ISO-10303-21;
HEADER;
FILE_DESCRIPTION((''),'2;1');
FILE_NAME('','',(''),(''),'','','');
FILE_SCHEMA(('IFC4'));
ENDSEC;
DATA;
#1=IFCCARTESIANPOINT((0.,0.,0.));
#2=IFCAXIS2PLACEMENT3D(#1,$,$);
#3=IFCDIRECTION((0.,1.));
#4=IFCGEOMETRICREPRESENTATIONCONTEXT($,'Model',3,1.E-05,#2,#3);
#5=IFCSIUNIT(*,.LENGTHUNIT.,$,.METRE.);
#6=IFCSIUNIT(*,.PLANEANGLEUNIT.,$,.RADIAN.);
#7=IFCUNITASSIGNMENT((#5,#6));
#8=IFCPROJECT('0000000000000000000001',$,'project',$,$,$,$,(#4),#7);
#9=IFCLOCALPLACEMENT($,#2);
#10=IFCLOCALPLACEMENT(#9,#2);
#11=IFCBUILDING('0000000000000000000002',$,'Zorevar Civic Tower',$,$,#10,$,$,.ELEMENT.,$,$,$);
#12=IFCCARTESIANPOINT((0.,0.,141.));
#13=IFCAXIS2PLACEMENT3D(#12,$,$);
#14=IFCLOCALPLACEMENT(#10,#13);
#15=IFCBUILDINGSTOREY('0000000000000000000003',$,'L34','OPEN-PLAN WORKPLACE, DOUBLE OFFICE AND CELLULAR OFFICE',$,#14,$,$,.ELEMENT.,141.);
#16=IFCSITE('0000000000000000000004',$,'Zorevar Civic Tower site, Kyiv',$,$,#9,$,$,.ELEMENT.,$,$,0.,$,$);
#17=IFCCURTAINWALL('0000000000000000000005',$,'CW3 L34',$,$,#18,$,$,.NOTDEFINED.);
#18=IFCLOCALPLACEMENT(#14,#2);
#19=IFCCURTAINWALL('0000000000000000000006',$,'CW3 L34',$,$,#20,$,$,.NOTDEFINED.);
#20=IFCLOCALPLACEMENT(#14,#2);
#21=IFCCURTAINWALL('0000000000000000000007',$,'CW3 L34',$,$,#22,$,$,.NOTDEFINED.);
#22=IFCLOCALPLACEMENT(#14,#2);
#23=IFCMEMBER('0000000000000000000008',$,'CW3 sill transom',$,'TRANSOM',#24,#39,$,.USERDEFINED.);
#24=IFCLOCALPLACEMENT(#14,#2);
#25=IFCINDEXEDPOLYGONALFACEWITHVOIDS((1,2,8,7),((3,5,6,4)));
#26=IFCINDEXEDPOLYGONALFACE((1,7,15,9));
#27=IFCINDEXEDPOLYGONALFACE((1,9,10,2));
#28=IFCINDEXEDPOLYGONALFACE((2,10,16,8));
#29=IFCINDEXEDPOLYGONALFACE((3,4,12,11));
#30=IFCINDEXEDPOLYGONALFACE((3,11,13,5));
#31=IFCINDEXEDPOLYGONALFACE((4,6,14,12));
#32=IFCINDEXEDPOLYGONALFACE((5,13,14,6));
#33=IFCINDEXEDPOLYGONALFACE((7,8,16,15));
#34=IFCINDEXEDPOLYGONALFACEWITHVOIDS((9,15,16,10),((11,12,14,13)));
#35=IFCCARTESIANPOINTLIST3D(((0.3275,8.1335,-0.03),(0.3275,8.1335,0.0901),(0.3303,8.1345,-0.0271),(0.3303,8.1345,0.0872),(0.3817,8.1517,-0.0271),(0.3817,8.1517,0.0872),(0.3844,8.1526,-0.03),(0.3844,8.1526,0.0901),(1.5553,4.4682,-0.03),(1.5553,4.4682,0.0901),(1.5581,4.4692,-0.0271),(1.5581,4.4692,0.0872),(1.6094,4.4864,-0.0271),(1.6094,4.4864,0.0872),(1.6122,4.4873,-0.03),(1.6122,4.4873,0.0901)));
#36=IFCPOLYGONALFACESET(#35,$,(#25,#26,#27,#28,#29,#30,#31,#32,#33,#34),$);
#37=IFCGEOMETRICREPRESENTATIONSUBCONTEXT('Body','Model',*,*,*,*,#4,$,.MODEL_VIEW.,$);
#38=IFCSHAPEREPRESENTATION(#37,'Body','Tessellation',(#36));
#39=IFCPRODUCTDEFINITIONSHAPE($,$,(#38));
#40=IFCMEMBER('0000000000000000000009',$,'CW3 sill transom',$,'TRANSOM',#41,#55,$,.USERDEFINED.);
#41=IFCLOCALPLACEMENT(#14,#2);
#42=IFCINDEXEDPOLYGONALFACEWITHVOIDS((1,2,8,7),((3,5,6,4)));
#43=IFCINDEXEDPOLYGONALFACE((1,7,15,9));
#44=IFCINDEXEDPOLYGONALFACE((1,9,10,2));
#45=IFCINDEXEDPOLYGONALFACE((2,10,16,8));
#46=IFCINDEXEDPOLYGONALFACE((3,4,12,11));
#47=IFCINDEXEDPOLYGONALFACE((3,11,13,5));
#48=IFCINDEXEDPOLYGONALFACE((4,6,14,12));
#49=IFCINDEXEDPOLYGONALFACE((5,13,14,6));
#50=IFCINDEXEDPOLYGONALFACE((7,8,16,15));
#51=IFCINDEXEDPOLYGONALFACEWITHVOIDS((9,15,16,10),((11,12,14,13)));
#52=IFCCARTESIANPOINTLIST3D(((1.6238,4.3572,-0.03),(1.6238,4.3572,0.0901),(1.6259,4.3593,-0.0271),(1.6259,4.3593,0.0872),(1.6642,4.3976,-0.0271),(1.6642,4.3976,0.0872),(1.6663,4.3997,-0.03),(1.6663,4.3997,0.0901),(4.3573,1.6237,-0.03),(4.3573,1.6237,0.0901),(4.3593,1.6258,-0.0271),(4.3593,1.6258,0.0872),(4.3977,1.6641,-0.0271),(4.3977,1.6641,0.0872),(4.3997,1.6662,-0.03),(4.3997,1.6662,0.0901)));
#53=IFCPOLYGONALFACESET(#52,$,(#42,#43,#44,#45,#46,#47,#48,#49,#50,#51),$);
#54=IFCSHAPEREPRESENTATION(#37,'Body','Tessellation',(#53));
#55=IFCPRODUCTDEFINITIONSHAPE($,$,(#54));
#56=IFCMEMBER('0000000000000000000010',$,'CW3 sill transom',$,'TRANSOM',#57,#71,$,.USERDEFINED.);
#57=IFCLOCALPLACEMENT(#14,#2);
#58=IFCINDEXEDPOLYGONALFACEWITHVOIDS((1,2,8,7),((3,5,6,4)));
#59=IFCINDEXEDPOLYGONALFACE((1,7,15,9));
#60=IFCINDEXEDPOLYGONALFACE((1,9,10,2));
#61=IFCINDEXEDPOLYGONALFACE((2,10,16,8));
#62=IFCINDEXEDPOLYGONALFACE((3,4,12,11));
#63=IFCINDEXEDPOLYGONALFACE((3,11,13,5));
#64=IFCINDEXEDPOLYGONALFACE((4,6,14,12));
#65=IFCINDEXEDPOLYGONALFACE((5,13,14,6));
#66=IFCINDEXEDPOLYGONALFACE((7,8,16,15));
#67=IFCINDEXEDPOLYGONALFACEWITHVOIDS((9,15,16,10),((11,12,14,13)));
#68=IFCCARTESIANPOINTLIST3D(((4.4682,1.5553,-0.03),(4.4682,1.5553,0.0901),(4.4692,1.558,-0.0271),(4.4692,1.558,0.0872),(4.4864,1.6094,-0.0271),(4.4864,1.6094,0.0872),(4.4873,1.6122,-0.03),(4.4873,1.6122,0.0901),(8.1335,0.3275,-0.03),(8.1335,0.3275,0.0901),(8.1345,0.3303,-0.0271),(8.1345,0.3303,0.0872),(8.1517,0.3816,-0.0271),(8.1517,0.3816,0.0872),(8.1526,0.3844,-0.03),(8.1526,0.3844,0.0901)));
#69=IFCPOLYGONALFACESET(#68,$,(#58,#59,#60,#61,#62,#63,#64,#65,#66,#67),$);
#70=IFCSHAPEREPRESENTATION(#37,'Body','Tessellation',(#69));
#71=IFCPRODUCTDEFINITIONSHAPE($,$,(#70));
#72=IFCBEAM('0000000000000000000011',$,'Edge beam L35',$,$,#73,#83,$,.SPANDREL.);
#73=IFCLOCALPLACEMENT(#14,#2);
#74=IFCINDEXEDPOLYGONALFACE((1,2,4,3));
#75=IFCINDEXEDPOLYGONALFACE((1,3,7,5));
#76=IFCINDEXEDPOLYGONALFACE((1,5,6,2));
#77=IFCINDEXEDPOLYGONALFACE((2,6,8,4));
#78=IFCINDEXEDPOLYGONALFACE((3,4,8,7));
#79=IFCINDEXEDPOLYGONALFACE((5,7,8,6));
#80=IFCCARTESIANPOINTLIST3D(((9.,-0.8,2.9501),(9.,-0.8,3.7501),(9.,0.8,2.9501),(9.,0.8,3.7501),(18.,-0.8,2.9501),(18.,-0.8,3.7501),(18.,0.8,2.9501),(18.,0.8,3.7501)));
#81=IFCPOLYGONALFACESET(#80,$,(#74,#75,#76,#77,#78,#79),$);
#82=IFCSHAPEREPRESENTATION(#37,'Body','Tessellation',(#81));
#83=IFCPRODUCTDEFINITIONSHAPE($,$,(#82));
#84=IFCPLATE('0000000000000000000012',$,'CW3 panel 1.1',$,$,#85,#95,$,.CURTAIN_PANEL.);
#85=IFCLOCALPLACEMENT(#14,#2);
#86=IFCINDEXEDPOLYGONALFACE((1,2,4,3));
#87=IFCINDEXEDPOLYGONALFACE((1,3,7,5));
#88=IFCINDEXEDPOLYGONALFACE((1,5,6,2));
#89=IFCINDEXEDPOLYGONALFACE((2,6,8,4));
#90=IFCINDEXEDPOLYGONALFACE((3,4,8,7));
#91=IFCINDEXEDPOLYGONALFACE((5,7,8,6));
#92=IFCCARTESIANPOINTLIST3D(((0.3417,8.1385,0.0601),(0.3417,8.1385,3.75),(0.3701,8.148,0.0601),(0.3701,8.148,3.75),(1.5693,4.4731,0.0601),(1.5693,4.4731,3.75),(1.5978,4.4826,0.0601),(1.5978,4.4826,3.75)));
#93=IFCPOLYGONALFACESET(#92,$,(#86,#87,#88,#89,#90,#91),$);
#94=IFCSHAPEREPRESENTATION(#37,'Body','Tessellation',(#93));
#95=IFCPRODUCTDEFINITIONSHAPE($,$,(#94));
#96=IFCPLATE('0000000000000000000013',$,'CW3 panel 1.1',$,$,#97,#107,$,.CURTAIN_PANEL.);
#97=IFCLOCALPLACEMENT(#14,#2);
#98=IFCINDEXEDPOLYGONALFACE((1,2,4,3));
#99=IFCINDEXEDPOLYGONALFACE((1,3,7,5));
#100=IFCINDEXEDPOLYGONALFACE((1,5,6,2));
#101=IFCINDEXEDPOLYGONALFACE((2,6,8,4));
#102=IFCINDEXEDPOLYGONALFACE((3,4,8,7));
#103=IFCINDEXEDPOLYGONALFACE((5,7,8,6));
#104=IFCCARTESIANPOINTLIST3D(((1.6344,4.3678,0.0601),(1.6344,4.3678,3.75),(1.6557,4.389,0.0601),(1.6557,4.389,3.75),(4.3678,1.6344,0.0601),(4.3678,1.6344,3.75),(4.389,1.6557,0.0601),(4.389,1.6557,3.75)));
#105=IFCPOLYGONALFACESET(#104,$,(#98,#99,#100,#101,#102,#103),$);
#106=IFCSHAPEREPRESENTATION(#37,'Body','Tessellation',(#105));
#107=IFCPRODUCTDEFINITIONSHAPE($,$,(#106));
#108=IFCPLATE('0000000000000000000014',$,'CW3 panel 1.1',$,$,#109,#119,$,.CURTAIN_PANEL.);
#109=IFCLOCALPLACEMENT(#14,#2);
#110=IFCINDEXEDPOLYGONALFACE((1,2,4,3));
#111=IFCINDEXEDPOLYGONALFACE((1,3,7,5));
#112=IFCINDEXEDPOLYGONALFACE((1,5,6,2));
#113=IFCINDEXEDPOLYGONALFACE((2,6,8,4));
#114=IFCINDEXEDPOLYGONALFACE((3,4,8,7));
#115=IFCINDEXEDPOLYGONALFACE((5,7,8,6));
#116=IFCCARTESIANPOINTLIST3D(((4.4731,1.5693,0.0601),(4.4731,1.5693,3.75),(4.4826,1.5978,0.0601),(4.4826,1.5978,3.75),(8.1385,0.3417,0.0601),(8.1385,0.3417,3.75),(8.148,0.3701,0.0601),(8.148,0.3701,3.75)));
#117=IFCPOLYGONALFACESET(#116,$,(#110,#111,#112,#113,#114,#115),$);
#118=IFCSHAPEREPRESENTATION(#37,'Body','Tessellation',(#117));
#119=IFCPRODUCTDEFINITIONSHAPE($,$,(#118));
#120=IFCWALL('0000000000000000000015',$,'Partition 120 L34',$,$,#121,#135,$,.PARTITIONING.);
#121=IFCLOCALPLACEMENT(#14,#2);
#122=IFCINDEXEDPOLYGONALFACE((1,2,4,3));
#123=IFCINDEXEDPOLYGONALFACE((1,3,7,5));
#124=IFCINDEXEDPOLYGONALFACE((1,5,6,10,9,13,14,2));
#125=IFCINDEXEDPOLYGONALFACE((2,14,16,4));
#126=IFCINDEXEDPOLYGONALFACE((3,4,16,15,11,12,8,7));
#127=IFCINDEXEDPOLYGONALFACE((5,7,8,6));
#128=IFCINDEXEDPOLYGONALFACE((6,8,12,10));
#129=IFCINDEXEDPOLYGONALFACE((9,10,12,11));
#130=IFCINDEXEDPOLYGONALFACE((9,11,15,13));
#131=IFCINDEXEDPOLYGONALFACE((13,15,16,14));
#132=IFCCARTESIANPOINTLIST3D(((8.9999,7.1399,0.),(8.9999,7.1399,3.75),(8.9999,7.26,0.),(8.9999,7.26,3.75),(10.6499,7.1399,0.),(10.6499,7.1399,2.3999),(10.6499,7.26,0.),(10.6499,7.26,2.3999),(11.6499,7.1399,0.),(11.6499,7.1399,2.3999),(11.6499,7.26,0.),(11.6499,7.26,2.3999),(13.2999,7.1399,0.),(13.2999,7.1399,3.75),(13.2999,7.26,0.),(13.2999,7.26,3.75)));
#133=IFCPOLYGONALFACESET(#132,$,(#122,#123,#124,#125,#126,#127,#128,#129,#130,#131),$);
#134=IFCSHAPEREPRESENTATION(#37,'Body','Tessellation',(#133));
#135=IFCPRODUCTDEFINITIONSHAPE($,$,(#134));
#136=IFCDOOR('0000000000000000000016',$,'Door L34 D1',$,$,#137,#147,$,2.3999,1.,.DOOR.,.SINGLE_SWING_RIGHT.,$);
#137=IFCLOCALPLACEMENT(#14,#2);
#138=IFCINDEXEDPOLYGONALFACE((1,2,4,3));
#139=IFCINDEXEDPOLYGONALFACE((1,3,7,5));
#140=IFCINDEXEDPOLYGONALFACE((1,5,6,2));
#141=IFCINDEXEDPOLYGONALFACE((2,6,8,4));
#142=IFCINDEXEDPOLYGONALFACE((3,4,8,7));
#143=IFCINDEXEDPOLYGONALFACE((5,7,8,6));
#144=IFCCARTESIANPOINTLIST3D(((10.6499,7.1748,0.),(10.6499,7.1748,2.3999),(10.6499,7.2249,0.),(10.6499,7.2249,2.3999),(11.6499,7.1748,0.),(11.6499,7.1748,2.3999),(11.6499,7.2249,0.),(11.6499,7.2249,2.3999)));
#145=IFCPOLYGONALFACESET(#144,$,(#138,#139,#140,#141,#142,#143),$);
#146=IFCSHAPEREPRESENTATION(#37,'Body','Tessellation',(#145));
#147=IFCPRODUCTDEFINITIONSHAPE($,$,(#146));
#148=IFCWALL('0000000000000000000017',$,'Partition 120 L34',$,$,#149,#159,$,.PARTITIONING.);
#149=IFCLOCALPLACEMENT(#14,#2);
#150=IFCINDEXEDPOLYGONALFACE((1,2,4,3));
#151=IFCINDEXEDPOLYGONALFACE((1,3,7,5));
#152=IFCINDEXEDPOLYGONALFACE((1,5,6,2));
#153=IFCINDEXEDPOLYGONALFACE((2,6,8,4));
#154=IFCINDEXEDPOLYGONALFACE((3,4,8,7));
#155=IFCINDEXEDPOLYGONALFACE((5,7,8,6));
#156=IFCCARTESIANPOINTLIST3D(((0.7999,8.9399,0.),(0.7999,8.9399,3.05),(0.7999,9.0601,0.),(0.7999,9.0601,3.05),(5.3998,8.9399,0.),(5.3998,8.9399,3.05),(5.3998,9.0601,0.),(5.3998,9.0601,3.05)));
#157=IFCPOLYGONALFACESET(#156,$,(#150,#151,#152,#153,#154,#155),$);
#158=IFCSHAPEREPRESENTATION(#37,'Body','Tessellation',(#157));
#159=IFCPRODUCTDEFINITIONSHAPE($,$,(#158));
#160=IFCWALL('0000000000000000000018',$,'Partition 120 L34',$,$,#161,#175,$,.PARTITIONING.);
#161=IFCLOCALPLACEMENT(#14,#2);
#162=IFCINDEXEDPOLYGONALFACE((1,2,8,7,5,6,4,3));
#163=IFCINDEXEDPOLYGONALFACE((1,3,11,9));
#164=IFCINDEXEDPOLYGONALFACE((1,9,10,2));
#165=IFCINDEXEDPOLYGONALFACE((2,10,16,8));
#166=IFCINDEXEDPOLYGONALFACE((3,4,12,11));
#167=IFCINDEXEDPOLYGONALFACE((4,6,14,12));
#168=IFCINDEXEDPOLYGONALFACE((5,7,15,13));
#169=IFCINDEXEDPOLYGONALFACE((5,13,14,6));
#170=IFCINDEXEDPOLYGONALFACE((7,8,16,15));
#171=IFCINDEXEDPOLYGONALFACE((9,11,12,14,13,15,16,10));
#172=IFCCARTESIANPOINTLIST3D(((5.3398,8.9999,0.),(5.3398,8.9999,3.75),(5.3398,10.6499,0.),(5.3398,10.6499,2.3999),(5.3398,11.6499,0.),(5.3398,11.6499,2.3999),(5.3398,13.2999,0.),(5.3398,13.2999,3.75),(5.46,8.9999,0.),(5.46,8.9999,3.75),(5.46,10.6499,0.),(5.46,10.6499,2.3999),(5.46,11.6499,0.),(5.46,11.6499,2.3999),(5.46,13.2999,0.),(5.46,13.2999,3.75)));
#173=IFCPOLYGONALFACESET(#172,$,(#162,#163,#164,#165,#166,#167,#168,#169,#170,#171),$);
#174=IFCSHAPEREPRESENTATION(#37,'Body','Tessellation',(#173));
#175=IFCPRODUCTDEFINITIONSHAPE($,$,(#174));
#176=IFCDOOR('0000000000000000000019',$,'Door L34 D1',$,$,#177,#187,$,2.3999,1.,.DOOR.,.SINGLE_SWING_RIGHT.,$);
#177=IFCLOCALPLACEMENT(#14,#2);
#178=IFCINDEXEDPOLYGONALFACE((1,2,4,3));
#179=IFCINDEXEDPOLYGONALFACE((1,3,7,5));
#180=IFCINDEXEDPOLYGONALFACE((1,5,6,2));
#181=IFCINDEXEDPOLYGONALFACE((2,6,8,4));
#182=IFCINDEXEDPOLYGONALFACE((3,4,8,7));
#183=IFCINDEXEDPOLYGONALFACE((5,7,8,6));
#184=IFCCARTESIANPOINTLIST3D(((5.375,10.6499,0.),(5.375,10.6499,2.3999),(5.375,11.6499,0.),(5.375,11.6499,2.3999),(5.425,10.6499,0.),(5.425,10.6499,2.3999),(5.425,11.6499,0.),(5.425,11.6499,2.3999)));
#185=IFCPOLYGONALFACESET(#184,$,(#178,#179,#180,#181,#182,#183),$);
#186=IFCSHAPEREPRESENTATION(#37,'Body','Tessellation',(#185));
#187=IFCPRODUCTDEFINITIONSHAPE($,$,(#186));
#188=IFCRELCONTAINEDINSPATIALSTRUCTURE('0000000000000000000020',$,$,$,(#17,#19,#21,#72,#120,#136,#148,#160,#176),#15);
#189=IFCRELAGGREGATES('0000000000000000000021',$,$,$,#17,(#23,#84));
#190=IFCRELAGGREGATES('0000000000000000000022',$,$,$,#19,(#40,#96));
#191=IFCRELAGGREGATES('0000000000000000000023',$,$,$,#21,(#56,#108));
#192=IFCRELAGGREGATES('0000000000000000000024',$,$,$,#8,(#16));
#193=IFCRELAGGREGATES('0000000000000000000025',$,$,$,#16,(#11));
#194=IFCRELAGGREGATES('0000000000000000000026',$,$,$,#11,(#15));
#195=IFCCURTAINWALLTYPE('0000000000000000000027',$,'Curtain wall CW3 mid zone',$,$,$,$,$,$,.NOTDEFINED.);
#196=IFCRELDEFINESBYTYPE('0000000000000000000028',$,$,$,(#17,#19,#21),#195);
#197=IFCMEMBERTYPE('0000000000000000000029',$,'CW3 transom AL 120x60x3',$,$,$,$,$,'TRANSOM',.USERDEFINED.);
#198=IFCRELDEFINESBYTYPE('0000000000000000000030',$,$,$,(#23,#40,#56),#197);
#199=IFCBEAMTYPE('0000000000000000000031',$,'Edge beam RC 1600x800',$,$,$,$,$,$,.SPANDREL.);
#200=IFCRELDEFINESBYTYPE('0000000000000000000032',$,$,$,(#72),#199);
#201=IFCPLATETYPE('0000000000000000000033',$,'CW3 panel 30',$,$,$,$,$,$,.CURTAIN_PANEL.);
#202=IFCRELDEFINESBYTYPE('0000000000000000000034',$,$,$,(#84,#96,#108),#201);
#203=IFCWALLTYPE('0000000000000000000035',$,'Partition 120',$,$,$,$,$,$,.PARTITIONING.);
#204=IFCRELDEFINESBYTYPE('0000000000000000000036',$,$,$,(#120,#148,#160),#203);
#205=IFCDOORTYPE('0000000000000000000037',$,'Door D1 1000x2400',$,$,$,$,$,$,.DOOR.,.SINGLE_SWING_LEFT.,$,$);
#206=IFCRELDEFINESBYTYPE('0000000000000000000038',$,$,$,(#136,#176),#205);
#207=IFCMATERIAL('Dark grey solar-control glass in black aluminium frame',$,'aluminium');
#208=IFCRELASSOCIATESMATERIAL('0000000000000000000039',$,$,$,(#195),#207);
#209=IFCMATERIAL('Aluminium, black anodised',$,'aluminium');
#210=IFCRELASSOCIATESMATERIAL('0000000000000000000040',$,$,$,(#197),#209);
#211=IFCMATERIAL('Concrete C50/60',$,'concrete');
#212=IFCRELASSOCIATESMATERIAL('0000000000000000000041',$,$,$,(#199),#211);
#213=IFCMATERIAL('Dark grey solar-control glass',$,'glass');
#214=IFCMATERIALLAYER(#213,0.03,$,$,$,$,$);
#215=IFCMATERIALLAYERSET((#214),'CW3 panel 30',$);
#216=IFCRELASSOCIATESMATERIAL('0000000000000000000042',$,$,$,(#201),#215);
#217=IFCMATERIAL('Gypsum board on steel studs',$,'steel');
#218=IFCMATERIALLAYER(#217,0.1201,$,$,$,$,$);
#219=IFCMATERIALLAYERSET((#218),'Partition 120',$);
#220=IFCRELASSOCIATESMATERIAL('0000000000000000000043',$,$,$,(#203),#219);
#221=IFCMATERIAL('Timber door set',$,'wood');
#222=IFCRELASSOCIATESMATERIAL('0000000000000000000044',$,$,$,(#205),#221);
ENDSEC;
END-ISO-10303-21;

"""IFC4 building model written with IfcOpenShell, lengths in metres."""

from ifc_helpers import new_model, si_unit, direction, frame, frame_2d, origin, origin_2d, place, context, subcontext, project, spatial, rectangle, hollow_rectangle, extrude, material, layer, layer_set, material_profile, profile_set, type_object, element, fill, aggregate, save


model = new_model("IFC4")

# Units and contexts
model_context = context("Model", 3, precision=1e-05, world=origin(), true_north=direction((0.0, 1.0)))
body_context = subcontext(model_context, "Body", "Model", "MODEL_VIEW")
ifc_project = project(units=[si_unit("LENGTHUNIT", "METRE"), si_unit("PLANEANGLEUNIT", "RADIAN")], contexts=[model_context])

# Site, building, storey
site_placement = place(None, origin())
site = spatial("IfcSite", under=ifc_project, at=site_placement, Name="Zorevar Civic Tower site, Kyiv", CompositionType="ELEMENT", RefElevation=0.0)
building_placement = place(site_placement, origin())
building = spatial("IfcBuilding", under=site, at=building_placement, Name="Zorevar Civic Tower", CompositionType="ELEMENT")
storey_placement = place(building_placement, frame((0.0, 0.0, 141.0)))
storey = spatial("IfcBuildingStorey", under=building, at=storey_placement, Name="L34", Description="OPEN-PLAN WORKPLACE, DOUBLE OFFICE AND CELLULAR OFFICE", CompositionType="ELEMENT", Elevation=141.0)

# Curtain wall
ifc_material_1 = material(Name="Dark grey solar-control glass in black aluminium frame", Category="aluminium")
curtain_wall_type = type_object("IfcCurtainWallType", Name="Curtain wall CW3 mid zone", PredefinedType="NOTDEFINED", material=ifc_material_1)
curtain_wall_1_placement = place(storey_placement, origin())
curtain_wall_1 = element("IfcCurtainWall", 1, at=curtain_wall_1_placement, inside=storey, type_object=curtain_wall_type, Name="CW3 L34", PredefinedType="NOTDEFINED")

# Curtain walls
curtain_wall_2_placement = place(storey_placement, origin())
curtain_wall_2 = element("IfcCurtainWall", 2, at=curtain_wall_2_placement, inside=storey, type_object=curtain_wall_type, Name="CW3 L34", PredefinedType="NOTDEFINED")
curtain_wall_3_placement = place(storey_placement, origin())
curtain_wall_3 = element("IfcCurtainWall", 3, at=curtain_wall_3_placement, inside=storey, type_object=curtain_wall_type, Name="CW3 L34", PredefinedType="NOTDEFINED")

# Members
ifc_material_2 = material(Name="Aluminium, black anodised", Category="aluminium")
ifc_material_profile_1 = material_profile(ifc_material_2, hollow_rectangle(XDim=0.0601, YDim=0.1201, WallThickness=0.0029, at=origin_2d()), Name="AL 120x60x3")
ifc_profile_set_1 = profile_set([ifc_material_profile_1], Name="Aluminium, black anodised")
member_type_1 = type_object("IfcMemberType", Name="CW3 transom AL 120x60x3", ElementType="TRANSOM", PredefinedType="USERDEFINED", material=ifc_profile_set_1)
member_1_placement = place(storey_placement, frame((0.356, 8.1431, 0.03), z_axis=(0.31763, -0.948215, 0.0), x_axis=(0.948215, 0.31763, 0.0)))
member_1 = element("IfcMember", 4, at=member_1_placement, type_object=member_type_1, Name="CW3 sill transom", ObjectType="TRANSOM", PredefinedType="USERDEFINED", context=body_context, shape_type="SweptSolid", body=[
    extrude(hollow_rectangle(XDim=0.0601, YDim=0.1201, WallThickness=0.0029, at=origin_2d()), origin(), (0.0, 0.0, 1.0), 3.8655),
])
member_2_placement = place(storey_placement, frame((1.645, 4.3784, 0.03), z_axis=(0.707107, -0.707107, 0.0), x_axis=(0.707107, 0.707107, 0.0)))
member_2 = element("IfcMember", 5, at=member_2_placement, type_object=member_type_1, Name="CW3 sill transom", ObjectType="TRANSOM", PredefinedType="USERDEFINED", context=body_context, shape_type="SweptSolid", body=[
    extrude(hollow_rectangle(XDim=0.0601, YDim=0.1201, WallThickness=0.0029, at=origin_2d()), origin(), (0.0, 0.0, 1.0), 3.8657),
])
member_3_placement = place(storey_placement, frame((4.4778, 1.5837, 0.03), z_axis=(0.948215, -0.31763, 0.0), x_axis=(0.31763, 0.948215, 0.0)))
member_3 = element("IfcMember", 6, at=member_3_placement, type_object=member_type_1, Name="CW3 sill transom", ObjectType="TRANSOM", PredefinedType="USERDEFINED", context=body_context, shape_type="SweptSolid", body=[
    extrude(hollow_rectangle(XDim=0.0601, YDim=0.1201, WallThickness=0.0029, at=origin_2d()), origin(), (0.0, 0.0, 1.0), 3.8655),
])

# Beam
ifc_material_3 = material(Name="Concrete C50/60", Category="concrete")
ifc_material_profile_2 = material_profile(ifc_material_3, rectangle(XDim=1.6001, YDim=0.8, at=origin_2d()), Name="RC 1600x800")
ifc_profile_set_2 = profile_set([ifc_material_profile_2], Name="Concrete C50/60")
beam_type_1 = type_object("IfcBeamType", Name="Edge beam RC 1600x800", PredefinedType="SPANDREL", material=ifc_profile_set_2)
beam_1_placement = place(storey_placement, frame((9.0, 0.0, 3.3501), z_axis=(1.0, 0.0, 0.0), x_axis=(0.0, 1.0, 0.0)))
element("IfcBeam", 7, at=beam_1_placement, inside=storey, type_object=beam_type_1, Name="Edge beam L35", PredefinedType="SPANDREL", context=body_context, shape_type="SweptSolid", body=[
    extrude(rectangle(XDim=1.6001, YDim=0.8, at=origin_2d()), origin(), (0.0, 0.0, 1.0), 9.0),
])

# Plates
ifc_material_4 = material(Name="Dark grey solar-control glass", Category="glass")
ifc_layer_1 = layer(ifc_material_4, 0.03)
ifc_layer_set_1 = layer_set([ifc_layer_1], Name="CW3 panel 30")
plate_type = type_object("IfcPlateType", Name="CW3 panel 30", PredefinedType="CURTAIN_PANEL", material=ifc_layer_set_1)
plate_1_placement = place(storey_placement, frame((0.9697, 6.3105, 0.0601), z_axis=(0.0, 0.0, 1.0), x_axis=(0.317593, -0.948227, 0.0)))
plate_1 = element("IfcPlate", 8, at=plate_1_placement, type_object=plate_type, Name="CW3 panel 1.1", PredefinedType="CURTAIN_PANEL", context=body_context, shape_type="SweptSolid", body=[
    extrude(rectangle(XDim=3.8655, YDim=0.03, at=origin_2d()), origin(), (0.0, 0.0, 1.0), 3.6899),
])
aggregate(curtain_wall_1, [member_1, plate_1])
plate_2_placement = place(storey_placement, frame((3.0117, 3.0117, 0.0601), z_axis=(0.0, 0.0, 1.0), x_axis=(0.707107, -0.707107, 0.0)))
plate_2 = element("IfcPlate", 9, at=plate_2_placement, type_object=plate_type, Name="CW3 panel 1.1", PredefinedType="CURTAIN_PANEL", context=body_context, shape_type="SweptSolid", body=[
    extrude(rectangle(XDim=3.8655, YDim=0.03, at=origin_2d()), origin(), (0.0, 0.0, 1.0), 3.6899),
])
aggregate(curtain_wall_2, [member_2, plate_2])
plate_3_placement = place(storey_placement, frame((6.3105, 0.9697, 0.0601), z_axis=(0.0, 0.0, 1.0), x_axis=(0.948227, -0.317593, 0.0)))
plate_3 = element("IfcPlate", 10, at=plate_3_placement, type_object=plate_type, Name="CW3 panel 1.1", PredefinedType="CURTAIN_PANEL", context=body_context, shape_type="SweptSolid", body=[
    extrude(rectangle(XDim=3.8655, YDim=0.03, at=origin_2d()), origin(), (0.0, 0.0, 1.0), 3.6899),
])
aggregate(curtain_wall_3, [member_3, plate_3])

# Wall, opening, door
ifc_material_5 = material(Name="Gypsum board on steel studs", Category="steel")
ifc_layer_2 = layer(ifc_material_5, 0.1201)
ifc_layer_set_2 = layer_set([ifc_layer_2], Name="Partition 120")
wall_type = type_object("IfcWallType", Name="Partition 120", PredefinedType="PARTITIONING", material=ifc_layer_set_2)
wall_1_placement = place(storey_placement, frame((9.0, 7.2, 0.0), z_axis=(0.0, 0.0, 1.0), x_axis=(1.0, 0.0, 0.0)))
wall_1 = element("IfcWall", 11, at=wall_1_placement, inside=storey, type_object=wall_type, Name="Partition 120 L34", PredefinedType="PARTITIONING", context=body_context, shape_type="SweptSolid", body=[
    extrude(rectangle(XDim=4.3, YDim=0.1201, at=frame_2d((2.1499, 0.0))), origin(), (0.0, 0.0, 1.0), 3.75),
])
opening_1_placement = place(wall_1_placement, frame((1.6499, 0.0, 0.0)))
opening_1 = element("IfcOpeningElement", 12, at=opening_1_placement, cuts=wall_1, PredefinedType="OPENING", context=body_context, shape_type="SweptSolid", body=[
    extrude(rectangle(XDim=1.0, YDim=2.3999, at=frame_2d((0.5, 1.2))), frame((0.0, 0.0701, 0.0), z_axis=(0.0, -1.0, 0.0), x_axis=(1.0, 0.0, 0.0)), (0.0, 0.0, 1.0), 0.1401),
])
ifc_material_6 = material(Name="Timber door set", Category="wood")
door_type = type_object("IfcDoorType", Name="Door D1 1000x2400", OperationType="SINGLE_SWING_LEFT", PredefinedType="DOOR", material=ifc_material_6)
door_1_placement = place(opening_1_placement, origin())
door_1 = element("IfcDoor", 13, at=door_1_placement, inside=storey, type_object=door_type, Name="Door L34 D1", OperationType="SINGLE_SWING_RIGHT", OverallHeight=2.3999, OverallWidth=1.0, PredefinedType="DOOR", context=body_context, shape_type="SweptSolid", body=[
    extrude(rectangle(XDim=1.0, YDim=2.3999, at=frame_2d((0.5, 1.2))), frame((0.0, 0.0249, 0.0), z_axis=(0.0, -1.0, 0.0), x_axis=(1.0, 0.0, 0.0)), (0.0, 0.0, 1.0), 0.05),
])
fill(opening_1, door_1)

# Wall
wall_2_placement = place(storey_placement, frame((0.8, 9.0, 0.0), z_axis=(0.0, 0.0, 1.0), x_axis=(1.0, 0.0, 0.0)))
element("IfcWall", 14, at=wall_2_placement, inside=storey, type_object=wall_type, Name="Partition 120 L34", PredefinedType="PARTITIONING", context=body_context, shape_type="SweptSolid", body=[
    extrude(rectangle(XDim=4.5999, YDim=0.1201, at=frame_2d((2.2998, 0.0))), origin(), (0.0, 0.0, 1.0), 3.05),
])

# Wall, opening, door
wall_3_placement = place(storey_placement, frame((5.3999, 9.0, 0.0), z_axis=(0.0, 0.0, 1.0), x_axis=(0.0, 1.0, 0.0)))
wall_3 = element("IfcWall", 15, at=wall_3_placement, inside=storey, type_object=wall_type, Name="Partition 120 L34", PredefinedType="PARTITIONING", context=body_context, shape_type="SweptSolid", body=[
    extrude(rectangle(XDim=4.3, YDim=0.1201, at=frame_2d((2.1499, 0.0))), origin(), (0.0, 0.0, 1.0), 3.75),
])
opening_2_placement = place(wall_3_placement, frame((1.6499, 0.0, 0.0)))
opening_2 = element("IfcOpeningElement", 16, at=opening_2_placement, cuts=wall_3, PredefinedType="OPENING", context=body_context, shape_type="SweptSolid", body=[
    extrude(rectangle(XDim=1.0, YDim=2.3999, at=frame_2d((0.5, 1.2))), frame((0.0, 0.0701, 0.0), z_axis=(0.0, -1.0, 0.0), x_axis=(1.0, 0.0, 0.0)), (0.0, 0.0, 1.0), 0.1401),
])
door_2_placement = place(opening_2_placement, origin())
door_2 = element("IfcDoor", 17, at=door_2_placement, inside=storey, type_object=door_type, Name="Door L34 D1", OperationType="SINGLE_SWING_RIGHT", OverallHeight=2.3999, OverallWidth=1.0, PredefinedType="DOOR", context=body_context, shape_type="SweptSolid", body=[
    extrude(rectangle(XDim=1.0, YDim=2.3999, at=frame_2d((0.5, 1.2))), frame((0.0, 0.0249, 0.0), z_axis=(0.0, -1.0, 0.0), x_axis=(1.0, 0.0, 0.0)), (0.0, 0.0, 1.0), 0.05),
])
fill(opening_2, door_2)

save(model, "model.ifc")
